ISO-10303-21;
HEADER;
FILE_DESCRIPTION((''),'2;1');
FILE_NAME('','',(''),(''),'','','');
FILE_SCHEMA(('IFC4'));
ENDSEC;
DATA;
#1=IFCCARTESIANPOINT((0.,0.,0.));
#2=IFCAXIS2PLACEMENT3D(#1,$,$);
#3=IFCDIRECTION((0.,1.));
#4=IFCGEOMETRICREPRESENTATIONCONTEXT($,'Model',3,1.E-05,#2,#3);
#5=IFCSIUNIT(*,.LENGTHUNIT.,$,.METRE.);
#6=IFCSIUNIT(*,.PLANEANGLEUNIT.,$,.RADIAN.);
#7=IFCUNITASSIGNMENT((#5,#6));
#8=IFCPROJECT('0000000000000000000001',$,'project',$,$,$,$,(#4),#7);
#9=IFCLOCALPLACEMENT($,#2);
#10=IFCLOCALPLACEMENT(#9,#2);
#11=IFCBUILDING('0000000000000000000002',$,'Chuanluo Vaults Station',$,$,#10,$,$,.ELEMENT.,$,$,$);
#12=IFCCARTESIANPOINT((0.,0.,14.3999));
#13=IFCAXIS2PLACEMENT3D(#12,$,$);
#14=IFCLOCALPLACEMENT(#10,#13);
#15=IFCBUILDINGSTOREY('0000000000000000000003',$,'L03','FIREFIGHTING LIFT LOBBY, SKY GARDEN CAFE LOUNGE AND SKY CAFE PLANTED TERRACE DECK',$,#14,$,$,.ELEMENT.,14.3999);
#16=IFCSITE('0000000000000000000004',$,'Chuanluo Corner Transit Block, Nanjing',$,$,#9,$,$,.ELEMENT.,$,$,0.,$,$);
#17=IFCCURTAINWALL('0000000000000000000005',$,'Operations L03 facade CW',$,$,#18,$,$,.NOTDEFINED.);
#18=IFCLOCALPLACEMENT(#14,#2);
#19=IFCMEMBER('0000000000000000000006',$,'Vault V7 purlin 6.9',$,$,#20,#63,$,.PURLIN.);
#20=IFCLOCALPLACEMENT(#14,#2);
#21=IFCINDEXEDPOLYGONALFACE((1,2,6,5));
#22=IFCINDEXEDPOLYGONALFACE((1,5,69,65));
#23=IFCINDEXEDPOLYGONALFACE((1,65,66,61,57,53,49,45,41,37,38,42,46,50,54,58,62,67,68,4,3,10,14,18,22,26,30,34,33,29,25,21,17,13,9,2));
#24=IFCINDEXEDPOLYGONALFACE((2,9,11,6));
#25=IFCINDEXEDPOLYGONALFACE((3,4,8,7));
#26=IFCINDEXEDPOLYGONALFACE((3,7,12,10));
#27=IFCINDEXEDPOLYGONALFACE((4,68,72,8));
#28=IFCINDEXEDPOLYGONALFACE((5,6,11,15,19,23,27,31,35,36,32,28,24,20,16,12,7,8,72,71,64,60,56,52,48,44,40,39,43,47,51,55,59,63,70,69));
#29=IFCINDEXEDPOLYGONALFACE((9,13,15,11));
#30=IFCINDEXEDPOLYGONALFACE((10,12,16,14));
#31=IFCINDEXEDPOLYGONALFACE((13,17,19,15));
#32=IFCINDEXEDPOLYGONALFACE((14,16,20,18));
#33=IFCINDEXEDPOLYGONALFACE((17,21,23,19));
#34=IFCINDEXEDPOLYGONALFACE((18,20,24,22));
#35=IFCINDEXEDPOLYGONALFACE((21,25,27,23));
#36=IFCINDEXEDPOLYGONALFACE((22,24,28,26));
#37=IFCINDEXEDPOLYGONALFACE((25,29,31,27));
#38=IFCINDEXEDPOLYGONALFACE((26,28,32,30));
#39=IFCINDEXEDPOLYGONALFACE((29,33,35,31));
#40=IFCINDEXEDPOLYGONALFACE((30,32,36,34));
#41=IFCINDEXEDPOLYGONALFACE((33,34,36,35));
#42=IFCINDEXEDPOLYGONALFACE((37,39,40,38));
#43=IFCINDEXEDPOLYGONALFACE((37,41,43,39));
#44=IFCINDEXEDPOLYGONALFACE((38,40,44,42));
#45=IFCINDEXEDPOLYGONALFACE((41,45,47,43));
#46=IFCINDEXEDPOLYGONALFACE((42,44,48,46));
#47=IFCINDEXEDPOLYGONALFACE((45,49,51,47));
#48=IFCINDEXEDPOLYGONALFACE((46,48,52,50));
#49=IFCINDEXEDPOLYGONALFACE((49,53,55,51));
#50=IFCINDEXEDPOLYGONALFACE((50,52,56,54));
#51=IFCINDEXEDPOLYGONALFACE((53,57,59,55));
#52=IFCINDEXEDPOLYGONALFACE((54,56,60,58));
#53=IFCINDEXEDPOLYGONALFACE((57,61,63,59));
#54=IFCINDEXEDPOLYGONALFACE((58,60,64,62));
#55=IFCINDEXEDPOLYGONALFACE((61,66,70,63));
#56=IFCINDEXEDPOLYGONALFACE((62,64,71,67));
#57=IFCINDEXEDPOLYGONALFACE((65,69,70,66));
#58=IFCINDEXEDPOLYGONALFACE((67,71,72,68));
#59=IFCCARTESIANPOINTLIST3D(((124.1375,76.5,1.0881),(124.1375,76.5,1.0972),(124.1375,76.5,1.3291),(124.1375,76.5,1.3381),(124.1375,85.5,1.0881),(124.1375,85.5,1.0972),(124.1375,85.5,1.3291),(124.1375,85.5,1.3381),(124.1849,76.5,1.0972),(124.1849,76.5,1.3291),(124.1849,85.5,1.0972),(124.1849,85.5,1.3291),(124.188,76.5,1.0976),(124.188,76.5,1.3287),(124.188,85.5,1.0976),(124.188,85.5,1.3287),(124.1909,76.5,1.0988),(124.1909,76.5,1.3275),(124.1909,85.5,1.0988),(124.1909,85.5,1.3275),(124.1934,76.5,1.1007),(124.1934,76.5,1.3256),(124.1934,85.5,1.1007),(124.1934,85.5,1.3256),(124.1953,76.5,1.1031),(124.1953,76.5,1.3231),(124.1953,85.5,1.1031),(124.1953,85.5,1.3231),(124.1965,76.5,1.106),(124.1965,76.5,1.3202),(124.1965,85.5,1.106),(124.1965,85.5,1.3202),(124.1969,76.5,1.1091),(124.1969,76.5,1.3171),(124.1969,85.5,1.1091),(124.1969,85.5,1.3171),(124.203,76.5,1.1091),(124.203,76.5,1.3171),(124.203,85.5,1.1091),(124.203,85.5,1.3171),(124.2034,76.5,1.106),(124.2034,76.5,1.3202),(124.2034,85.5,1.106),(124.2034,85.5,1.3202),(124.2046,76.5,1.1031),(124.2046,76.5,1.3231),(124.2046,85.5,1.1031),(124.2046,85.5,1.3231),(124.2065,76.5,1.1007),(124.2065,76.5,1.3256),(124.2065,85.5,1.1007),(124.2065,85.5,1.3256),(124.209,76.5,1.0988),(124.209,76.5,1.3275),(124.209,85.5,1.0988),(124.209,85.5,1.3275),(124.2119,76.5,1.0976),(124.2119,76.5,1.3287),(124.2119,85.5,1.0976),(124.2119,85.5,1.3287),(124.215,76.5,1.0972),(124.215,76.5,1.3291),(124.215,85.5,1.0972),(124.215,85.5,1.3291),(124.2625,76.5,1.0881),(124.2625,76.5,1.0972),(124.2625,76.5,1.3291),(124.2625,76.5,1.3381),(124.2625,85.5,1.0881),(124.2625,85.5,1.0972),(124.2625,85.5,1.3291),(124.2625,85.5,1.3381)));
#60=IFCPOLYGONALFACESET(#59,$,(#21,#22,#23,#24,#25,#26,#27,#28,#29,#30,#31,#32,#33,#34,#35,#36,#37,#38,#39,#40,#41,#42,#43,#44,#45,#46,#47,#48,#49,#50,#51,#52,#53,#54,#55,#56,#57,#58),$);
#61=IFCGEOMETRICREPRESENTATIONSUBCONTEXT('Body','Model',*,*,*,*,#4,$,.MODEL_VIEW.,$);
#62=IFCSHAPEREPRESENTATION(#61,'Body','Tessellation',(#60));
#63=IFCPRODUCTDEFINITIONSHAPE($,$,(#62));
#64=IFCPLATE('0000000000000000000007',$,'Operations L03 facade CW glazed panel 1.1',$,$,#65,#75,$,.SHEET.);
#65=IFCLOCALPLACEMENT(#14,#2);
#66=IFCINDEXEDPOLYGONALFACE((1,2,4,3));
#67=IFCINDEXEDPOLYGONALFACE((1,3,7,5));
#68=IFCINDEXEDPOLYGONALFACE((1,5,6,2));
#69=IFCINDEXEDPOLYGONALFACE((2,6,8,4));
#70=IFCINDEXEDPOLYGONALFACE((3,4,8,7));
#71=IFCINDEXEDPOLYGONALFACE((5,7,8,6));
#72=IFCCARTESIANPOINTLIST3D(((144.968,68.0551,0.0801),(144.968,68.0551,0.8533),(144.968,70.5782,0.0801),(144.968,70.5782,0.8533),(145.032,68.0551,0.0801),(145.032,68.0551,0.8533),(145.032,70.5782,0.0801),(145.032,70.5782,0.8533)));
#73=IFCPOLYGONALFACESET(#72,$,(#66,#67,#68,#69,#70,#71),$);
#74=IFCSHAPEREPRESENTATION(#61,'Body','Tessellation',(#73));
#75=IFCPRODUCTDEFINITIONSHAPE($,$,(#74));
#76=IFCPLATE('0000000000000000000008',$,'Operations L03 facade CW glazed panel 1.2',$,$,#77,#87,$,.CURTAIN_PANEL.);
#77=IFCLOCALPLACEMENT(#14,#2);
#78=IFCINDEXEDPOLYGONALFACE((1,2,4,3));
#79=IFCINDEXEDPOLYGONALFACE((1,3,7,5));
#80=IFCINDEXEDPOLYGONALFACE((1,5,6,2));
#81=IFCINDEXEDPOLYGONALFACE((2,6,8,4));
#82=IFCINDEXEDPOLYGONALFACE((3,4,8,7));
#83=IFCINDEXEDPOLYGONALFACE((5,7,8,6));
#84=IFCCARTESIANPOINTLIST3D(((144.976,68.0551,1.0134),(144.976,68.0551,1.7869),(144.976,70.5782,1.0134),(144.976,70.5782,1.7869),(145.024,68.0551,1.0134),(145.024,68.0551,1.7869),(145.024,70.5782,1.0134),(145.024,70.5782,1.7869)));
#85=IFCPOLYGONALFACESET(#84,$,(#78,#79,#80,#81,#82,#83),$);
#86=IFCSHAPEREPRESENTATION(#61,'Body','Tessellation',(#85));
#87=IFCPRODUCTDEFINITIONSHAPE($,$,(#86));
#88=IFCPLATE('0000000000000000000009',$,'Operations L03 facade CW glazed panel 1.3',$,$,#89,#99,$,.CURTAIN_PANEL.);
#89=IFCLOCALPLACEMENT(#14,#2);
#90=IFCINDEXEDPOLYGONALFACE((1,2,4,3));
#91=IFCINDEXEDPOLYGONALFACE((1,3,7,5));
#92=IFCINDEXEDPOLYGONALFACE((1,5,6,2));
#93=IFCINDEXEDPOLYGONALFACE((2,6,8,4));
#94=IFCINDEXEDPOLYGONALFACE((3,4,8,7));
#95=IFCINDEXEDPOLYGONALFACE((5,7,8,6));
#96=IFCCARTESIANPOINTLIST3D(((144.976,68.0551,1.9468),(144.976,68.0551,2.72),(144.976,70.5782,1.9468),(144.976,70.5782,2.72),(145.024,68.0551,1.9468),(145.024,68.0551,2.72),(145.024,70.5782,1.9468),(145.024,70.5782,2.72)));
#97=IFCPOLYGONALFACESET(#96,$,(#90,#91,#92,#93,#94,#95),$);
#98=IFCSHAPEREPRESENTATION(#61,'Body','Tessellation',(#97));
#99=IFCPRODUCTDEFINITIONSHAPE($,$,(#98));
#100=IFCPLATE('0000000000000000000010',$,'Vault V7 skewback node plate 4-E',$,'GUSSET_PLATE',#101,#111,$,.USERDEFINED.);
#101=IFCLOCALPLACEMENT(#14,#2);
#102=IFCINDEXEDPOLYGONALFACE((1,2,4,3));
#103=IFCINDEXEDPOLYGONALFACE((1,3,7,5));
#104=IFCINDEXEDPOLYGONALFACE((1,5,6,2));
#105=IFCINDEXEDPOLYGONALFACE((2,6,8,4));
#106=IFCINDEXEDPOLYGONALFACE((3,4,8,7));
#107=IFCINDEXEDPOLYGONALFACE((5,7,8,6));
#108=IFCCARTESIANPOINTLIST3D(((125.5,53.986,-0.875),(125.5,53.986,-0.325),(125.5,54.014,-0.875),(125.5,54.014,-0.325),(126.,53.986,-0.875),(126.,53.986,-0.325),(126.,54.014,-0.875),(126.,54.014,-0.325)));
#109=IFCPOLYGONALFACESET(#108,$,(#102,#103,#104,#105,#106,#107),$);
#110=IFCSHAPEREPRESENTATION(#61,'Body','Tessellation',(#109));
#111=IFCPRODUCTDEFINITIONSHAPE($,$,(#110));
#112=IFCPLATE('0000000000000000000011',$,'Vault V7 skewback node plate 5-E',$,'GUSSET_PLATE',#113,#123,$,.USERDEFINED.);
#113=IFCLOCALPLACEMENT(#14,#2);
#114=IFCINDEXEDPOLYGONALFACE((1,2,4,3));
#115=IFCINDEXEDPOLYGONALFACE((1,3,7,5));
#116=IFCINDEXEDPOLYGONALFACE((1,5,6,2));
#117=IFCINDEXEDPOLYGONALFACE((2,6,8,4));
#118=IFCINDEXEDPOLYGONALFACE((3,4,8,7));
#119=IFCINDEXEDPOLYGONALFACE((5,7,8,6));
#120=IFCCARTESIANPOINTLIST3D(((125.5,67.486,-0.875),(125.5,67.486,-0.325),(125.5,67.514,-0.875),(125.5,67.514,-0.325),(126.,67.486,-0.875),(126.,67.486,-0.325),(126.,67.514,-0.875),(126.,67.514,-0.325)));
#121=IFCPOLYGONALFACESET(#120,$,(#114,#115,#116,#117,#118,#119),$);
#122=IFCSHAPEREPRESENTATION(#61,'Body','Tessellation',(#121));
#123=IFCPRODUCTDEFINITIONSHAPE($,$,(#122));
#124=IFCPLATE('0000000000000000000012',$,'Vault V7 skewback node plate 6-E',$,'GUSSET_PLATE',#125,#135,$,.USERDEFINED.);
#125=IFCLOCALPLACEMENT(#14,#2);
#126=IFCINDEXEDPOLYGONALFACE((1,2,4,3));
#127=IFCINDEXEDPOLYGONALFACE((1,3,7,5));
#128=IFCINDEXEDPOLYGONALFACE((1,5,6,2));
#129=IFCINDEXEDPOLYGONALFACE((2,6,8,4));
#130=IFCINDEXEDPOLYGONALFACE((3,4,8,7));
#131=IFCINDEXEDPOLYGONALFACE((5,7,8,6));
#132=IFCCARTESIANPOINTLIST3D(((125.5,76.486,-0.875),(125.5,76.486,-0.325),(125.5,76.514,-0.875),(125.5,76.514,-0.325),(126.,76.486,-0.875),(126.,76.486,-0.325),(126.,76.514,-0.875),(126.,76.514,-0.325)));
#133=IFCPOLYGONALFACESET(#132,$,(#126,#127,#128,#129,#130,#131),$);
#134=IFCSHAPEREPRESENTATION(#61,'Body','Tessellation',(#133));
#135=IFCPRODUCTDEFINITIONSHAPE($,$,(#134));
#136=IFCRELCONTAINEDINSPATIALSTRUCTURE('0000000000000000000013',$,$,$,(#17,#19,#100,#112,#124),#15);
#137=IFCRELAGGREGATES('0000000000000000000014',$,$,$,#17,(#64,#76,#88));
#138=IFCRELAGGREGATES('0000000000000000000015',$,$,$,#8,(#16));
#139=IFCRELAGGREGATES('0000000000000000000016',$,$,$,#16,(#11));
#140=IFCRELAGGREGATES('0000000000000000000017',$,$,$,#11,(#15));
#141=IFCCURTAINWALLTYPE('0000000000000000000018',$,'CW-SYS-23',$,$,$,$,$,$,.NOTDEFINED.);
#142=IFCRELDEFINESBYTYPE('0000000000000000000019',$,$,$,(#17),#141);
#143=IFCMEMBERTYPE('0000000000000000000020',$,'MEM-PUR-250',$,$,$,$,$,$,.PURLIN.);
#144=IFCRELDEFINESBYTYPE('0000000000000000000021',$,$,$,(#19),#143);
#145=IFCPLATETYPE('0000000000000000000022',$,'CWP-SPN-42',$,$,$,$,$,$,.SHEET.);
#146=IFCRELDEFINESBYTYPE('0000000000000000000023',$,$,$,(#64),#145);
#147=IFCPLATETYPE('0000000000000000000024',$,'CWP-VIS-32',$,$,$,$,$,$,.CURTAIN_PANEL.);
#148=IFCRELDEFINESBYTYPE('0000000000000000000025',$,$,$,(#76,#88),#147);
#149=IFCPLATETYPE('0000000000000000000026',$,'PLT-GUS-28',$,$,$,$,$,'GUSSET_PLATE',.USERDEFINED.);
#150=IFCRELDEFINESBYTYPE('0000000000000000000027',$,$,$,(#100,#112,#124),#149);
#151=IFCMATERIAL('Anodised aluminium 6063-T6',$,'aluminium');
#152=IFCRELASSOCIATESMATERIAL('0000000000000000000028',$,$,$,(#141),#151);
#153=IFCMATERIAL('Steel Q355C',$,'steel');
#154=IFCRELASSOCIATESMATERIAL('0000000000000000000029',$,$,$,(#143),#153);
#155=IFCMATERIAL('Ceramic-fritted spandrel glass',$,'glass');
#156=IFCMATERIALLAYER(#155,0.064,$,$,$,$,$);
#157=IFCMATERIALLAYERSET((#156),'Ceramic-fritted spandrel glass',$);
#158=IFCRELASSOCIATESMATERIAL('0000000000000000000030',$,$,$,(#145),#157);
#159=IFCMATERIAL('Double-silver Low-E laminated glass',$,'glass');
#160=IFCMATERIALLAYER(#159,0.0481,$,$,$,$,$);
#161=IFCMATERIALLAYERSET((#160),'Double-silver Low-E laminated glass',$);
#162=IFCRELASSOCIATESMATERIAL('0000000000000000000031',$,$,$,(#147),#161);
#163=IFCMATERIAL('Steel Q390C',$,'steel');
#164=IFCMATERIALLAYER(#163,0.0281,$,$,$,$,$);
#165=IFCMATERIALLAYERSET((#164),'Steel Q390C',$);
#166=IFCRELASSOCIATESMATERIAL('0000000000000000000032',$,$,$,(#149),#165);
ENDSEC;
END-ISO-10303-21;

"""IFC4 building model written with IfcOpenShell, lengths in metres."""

from ifc_helpers import new_model, si_unit, direction, frame, origin, origin_2d, place, context, subcontext, project, spatial, rectangle, i_section, extrude, material, layer, layer_set, material_profile, profile_set, type_object, element, aggregate, save


model = new_model("IFC4")

# Units and contexts
model_context = context("Model", 3, precision=1e-05, world=origin(), true_north=direction((0.0, 1.0)))
body_context = subcontext(model_context, "Body", "Model", "MODEL_VIEW")
ifc_project = project(units=[si_unit("LENGTHUNIT", "METRE"), si_unit("PLANEANGLEUNIT", "RADIAN")], contexts=[model_context])

# Site, building, storey
site_placement = place(None, origin())
site = spatial("IfcSite", under=ifc_project, at=site_placement, Name="Chuanluo Corner Transit Block, Nanjing", CompositionType="ELEMENT", RefElevation=0.0)
building_placement = place(site_placement, origin())
building = spatial("IfcBuilding", under=site, at=building_placement, Name="Chuanluo Vaults Station", CompositionType="ELEMENT")
storey_placement = place(building_placement, frame((0.0, 0.0, 14.3999)))
storey = spatial("IfcBuildingStorey", under=building, at=storey_placement, Name="L03", Description="FIREFIGHTING LIFT LOBBY, SKY GARDEN CAFE LOUNGE AND SKY CAFE PLANTED TERRACE DECK", CompositionType="ELEMENT", Elevation=14.3999)

# Curtain wall
ifc_material_1 = material(Name="Anodised aluminium 6063-T6", Category="aluminium")
curtain_wall_type = type_object("IfcCurtainWallType", Name="CW-SYS-23", PredefinedType="NOTDEFINED", material=ifc_material_1)
curtain_wall_placement = place(storey_placement, origin())
curtain_wall = element("IfcCurtainWall", 1, at=curtain_wall_placement, inside=storey, type_object=curtain_wall_type, Name="Operations L03 facade CW", PredefinedType="NOTDEFINED")

# Member
ifc_material_2 = material(Name="Steel Q355C", Category="steel")
ifc_material_profile_1 = material_profile(ifc_material_2, i_section(OverallWidth=0.125, OverallDepth=0.25, WebThickness=0.0061, FlangeThickness=0.009, FilletRadius=0.012, at=origin_2d()))
ifc_profile_set_1 = profile_set([ifc_material_profile_1], Name="Steel Q355C")
member_type_1 = type_object("IfcMemberType", Name="MEM-PUR-250", PredefinedType="PURLIN", material=ifc_profile_set_1)
member_1_placement = place(storey_placement, frame((124.2, 76.5, 1.2131), z_axis=(0.0, 1.0, 0.0), x_axis=(-1.0, 0.0, 0.0)))
element("IfcMember", 2, at=member_1_placement, inside=storey, type_object=member_type_1, Name="Vault V7 purlin 6.9", PredefinedType="PURLIN", context=body_context, shape_type="SweptSolid", body=[
    extrude(i_section(OverallWidth=0.125, OverallDepth=0.25, WebThickness=0.0061, FlangeThickness=0.009, FilletRadius=0.012, at=origin_2d()), origin(), (0.0, 0.0, 1.0), 9.0),
])

# Plates
ifc_material_3 = material(Name="Ceramic-fritted spandrel glass", Category="glass")
ifc_layer_1 = layer(ifc_material_3, 0.064)
ifc_layer_set_1 = layer_set([ifc_layer_1], Name="Ceramic-fritted spandrel glass")
plate_type_1 = type_object("IfcPlateType", Name="CWP-SPN-42", PredefinedType="SHEET", material=ifc_layer_set_1)
plate_1_placement = place(storey_placement, frame((145.0, 69.3167, 0.0801), z_axis=(0.0, 0.0, 1.0), x_axis=(0.0, 1.0, 0.0)))
plate_1 = element("IfcPlate", 3, at=plate_1_placement, type_object=plate_type_1, Name="Operations L03 facade CW glazed panel 1.1", PredefinedType="SHEET", context=body_context, shape_type="SweptSolid", body=[
    extrude(rectangle(XDim=2.5232, YDim=0.064, at=origin_2d()), origin(), (0.0, 0.0, 1.0), 0.7732),
])
ifc_material_4 = material(Name="Double-silver Low-E laminated glass", Category="glass")
ifc_layer_2 = layer(ifc_material_4, 0.0481)
ifc_layer_set_2 = layer_set([ifc_layer_2], Name="Double-silver Low-E laminated glass")
plate_type_2 = type_object("IfcPlateType", Name="CWP-VIS-32", PredefinedType="CURTAIN_PANEL", material=ifc_layer_set_2)
plate_2_placement = place(storey_placement, frame((145.0, 69.3167, 1.0134), z_axis=(0.0, 0.0, 1.0), x_axis=(0.0, 1.0, 0.0)))
plate_2 = element("IfcPlate", 4, at=plate_2_placement, type_object=plate_type_2, Name="Operations L03 facade CW glazed panel 1.2", PredefinedType="CURTAIN_PANEL", context=body_context, shape_type="SweptSolid", body=[
    extrude(rectangle(XDim=2.5232, YDim=0.0481, at=origin_2d()), origin(), (0.0, 0.0, 1.0), 0.7734),
])
plate_3_placement = place(storey_placement, frame((145.0, 69.3167, 1.9468), z_axis=(0.0, 0.0, 1.0), x_axis=(0.0, 1.0, 0.0)))
plate_3 = element("IfcPlate", 5, at=plate_3_placement, type_object=plate_type_2, Name="Operations L03 facade CW glazed panel 1.3", PredefinedType="CURTAIN_PANEL", context=body_context, shape_type="SweptSolid", body=[
    extrude(rectangle(XDim=2.5232, YDim=0.0481, at=origin_2d()), origin(), (0.0, 0.0, 1.0), 0.7732),
])
aggregate(curtain_wall, [plate_1, plate_2, plate_3])

# Plates
ifc_material_5 = material(Name="Steel Q390C", Category="steel")
ifc_layer_3 = layer(ifc_material_5, 0.0281)
ifc_layer_set_3 = layer_set([ifc_layer_3], Name="Steel Q390C")
plate_type_3 = type_object("IfcPlateType", Name="PLT-GUS-28", ElementType="GUSSET_PLATE", PredefinedType="USERDEFINED", material=ifc_layer_set_3)
for number, where, z_axis, x_axis, name in (
    (6, (125.75, 54.0, -0.875), (0.0, 0.0, 1.0), (1.0, 0.0, 0.0), "Vault V7 skewback node plate 4-E"),
    (7, (125.75, 67.5, -0.875), (0.0, 0.0, 1.0), (1.0, 0.0, 0.0), "Vault V7 skewback node plate 5-E"),
    (8, (125.75, 76.5, -0.875), (0.0, 0.0, 1.0), (1.0, 0.0, 0.0), "Vault V7 skewback node plate 6-E"),
):
    element("IfcPlate", number, at=place(storey_placement, frame(where, z_axis=z_axis, x_axis=x_axis)), inside=storey, type_object=plate_type_3, Name=name, ObjectType="GUSSET_PLATE", PredefinedType="USERDEFINED", context=body_context, shape_type="SweptSolid", body=[
        extrude(rectangle(XDim=0.5, YDim=0.0281, at=origin_2d()), origin(), (0.0, 0.0, 1.0), 0.55),
    ])

save(model, "model.ifc")
